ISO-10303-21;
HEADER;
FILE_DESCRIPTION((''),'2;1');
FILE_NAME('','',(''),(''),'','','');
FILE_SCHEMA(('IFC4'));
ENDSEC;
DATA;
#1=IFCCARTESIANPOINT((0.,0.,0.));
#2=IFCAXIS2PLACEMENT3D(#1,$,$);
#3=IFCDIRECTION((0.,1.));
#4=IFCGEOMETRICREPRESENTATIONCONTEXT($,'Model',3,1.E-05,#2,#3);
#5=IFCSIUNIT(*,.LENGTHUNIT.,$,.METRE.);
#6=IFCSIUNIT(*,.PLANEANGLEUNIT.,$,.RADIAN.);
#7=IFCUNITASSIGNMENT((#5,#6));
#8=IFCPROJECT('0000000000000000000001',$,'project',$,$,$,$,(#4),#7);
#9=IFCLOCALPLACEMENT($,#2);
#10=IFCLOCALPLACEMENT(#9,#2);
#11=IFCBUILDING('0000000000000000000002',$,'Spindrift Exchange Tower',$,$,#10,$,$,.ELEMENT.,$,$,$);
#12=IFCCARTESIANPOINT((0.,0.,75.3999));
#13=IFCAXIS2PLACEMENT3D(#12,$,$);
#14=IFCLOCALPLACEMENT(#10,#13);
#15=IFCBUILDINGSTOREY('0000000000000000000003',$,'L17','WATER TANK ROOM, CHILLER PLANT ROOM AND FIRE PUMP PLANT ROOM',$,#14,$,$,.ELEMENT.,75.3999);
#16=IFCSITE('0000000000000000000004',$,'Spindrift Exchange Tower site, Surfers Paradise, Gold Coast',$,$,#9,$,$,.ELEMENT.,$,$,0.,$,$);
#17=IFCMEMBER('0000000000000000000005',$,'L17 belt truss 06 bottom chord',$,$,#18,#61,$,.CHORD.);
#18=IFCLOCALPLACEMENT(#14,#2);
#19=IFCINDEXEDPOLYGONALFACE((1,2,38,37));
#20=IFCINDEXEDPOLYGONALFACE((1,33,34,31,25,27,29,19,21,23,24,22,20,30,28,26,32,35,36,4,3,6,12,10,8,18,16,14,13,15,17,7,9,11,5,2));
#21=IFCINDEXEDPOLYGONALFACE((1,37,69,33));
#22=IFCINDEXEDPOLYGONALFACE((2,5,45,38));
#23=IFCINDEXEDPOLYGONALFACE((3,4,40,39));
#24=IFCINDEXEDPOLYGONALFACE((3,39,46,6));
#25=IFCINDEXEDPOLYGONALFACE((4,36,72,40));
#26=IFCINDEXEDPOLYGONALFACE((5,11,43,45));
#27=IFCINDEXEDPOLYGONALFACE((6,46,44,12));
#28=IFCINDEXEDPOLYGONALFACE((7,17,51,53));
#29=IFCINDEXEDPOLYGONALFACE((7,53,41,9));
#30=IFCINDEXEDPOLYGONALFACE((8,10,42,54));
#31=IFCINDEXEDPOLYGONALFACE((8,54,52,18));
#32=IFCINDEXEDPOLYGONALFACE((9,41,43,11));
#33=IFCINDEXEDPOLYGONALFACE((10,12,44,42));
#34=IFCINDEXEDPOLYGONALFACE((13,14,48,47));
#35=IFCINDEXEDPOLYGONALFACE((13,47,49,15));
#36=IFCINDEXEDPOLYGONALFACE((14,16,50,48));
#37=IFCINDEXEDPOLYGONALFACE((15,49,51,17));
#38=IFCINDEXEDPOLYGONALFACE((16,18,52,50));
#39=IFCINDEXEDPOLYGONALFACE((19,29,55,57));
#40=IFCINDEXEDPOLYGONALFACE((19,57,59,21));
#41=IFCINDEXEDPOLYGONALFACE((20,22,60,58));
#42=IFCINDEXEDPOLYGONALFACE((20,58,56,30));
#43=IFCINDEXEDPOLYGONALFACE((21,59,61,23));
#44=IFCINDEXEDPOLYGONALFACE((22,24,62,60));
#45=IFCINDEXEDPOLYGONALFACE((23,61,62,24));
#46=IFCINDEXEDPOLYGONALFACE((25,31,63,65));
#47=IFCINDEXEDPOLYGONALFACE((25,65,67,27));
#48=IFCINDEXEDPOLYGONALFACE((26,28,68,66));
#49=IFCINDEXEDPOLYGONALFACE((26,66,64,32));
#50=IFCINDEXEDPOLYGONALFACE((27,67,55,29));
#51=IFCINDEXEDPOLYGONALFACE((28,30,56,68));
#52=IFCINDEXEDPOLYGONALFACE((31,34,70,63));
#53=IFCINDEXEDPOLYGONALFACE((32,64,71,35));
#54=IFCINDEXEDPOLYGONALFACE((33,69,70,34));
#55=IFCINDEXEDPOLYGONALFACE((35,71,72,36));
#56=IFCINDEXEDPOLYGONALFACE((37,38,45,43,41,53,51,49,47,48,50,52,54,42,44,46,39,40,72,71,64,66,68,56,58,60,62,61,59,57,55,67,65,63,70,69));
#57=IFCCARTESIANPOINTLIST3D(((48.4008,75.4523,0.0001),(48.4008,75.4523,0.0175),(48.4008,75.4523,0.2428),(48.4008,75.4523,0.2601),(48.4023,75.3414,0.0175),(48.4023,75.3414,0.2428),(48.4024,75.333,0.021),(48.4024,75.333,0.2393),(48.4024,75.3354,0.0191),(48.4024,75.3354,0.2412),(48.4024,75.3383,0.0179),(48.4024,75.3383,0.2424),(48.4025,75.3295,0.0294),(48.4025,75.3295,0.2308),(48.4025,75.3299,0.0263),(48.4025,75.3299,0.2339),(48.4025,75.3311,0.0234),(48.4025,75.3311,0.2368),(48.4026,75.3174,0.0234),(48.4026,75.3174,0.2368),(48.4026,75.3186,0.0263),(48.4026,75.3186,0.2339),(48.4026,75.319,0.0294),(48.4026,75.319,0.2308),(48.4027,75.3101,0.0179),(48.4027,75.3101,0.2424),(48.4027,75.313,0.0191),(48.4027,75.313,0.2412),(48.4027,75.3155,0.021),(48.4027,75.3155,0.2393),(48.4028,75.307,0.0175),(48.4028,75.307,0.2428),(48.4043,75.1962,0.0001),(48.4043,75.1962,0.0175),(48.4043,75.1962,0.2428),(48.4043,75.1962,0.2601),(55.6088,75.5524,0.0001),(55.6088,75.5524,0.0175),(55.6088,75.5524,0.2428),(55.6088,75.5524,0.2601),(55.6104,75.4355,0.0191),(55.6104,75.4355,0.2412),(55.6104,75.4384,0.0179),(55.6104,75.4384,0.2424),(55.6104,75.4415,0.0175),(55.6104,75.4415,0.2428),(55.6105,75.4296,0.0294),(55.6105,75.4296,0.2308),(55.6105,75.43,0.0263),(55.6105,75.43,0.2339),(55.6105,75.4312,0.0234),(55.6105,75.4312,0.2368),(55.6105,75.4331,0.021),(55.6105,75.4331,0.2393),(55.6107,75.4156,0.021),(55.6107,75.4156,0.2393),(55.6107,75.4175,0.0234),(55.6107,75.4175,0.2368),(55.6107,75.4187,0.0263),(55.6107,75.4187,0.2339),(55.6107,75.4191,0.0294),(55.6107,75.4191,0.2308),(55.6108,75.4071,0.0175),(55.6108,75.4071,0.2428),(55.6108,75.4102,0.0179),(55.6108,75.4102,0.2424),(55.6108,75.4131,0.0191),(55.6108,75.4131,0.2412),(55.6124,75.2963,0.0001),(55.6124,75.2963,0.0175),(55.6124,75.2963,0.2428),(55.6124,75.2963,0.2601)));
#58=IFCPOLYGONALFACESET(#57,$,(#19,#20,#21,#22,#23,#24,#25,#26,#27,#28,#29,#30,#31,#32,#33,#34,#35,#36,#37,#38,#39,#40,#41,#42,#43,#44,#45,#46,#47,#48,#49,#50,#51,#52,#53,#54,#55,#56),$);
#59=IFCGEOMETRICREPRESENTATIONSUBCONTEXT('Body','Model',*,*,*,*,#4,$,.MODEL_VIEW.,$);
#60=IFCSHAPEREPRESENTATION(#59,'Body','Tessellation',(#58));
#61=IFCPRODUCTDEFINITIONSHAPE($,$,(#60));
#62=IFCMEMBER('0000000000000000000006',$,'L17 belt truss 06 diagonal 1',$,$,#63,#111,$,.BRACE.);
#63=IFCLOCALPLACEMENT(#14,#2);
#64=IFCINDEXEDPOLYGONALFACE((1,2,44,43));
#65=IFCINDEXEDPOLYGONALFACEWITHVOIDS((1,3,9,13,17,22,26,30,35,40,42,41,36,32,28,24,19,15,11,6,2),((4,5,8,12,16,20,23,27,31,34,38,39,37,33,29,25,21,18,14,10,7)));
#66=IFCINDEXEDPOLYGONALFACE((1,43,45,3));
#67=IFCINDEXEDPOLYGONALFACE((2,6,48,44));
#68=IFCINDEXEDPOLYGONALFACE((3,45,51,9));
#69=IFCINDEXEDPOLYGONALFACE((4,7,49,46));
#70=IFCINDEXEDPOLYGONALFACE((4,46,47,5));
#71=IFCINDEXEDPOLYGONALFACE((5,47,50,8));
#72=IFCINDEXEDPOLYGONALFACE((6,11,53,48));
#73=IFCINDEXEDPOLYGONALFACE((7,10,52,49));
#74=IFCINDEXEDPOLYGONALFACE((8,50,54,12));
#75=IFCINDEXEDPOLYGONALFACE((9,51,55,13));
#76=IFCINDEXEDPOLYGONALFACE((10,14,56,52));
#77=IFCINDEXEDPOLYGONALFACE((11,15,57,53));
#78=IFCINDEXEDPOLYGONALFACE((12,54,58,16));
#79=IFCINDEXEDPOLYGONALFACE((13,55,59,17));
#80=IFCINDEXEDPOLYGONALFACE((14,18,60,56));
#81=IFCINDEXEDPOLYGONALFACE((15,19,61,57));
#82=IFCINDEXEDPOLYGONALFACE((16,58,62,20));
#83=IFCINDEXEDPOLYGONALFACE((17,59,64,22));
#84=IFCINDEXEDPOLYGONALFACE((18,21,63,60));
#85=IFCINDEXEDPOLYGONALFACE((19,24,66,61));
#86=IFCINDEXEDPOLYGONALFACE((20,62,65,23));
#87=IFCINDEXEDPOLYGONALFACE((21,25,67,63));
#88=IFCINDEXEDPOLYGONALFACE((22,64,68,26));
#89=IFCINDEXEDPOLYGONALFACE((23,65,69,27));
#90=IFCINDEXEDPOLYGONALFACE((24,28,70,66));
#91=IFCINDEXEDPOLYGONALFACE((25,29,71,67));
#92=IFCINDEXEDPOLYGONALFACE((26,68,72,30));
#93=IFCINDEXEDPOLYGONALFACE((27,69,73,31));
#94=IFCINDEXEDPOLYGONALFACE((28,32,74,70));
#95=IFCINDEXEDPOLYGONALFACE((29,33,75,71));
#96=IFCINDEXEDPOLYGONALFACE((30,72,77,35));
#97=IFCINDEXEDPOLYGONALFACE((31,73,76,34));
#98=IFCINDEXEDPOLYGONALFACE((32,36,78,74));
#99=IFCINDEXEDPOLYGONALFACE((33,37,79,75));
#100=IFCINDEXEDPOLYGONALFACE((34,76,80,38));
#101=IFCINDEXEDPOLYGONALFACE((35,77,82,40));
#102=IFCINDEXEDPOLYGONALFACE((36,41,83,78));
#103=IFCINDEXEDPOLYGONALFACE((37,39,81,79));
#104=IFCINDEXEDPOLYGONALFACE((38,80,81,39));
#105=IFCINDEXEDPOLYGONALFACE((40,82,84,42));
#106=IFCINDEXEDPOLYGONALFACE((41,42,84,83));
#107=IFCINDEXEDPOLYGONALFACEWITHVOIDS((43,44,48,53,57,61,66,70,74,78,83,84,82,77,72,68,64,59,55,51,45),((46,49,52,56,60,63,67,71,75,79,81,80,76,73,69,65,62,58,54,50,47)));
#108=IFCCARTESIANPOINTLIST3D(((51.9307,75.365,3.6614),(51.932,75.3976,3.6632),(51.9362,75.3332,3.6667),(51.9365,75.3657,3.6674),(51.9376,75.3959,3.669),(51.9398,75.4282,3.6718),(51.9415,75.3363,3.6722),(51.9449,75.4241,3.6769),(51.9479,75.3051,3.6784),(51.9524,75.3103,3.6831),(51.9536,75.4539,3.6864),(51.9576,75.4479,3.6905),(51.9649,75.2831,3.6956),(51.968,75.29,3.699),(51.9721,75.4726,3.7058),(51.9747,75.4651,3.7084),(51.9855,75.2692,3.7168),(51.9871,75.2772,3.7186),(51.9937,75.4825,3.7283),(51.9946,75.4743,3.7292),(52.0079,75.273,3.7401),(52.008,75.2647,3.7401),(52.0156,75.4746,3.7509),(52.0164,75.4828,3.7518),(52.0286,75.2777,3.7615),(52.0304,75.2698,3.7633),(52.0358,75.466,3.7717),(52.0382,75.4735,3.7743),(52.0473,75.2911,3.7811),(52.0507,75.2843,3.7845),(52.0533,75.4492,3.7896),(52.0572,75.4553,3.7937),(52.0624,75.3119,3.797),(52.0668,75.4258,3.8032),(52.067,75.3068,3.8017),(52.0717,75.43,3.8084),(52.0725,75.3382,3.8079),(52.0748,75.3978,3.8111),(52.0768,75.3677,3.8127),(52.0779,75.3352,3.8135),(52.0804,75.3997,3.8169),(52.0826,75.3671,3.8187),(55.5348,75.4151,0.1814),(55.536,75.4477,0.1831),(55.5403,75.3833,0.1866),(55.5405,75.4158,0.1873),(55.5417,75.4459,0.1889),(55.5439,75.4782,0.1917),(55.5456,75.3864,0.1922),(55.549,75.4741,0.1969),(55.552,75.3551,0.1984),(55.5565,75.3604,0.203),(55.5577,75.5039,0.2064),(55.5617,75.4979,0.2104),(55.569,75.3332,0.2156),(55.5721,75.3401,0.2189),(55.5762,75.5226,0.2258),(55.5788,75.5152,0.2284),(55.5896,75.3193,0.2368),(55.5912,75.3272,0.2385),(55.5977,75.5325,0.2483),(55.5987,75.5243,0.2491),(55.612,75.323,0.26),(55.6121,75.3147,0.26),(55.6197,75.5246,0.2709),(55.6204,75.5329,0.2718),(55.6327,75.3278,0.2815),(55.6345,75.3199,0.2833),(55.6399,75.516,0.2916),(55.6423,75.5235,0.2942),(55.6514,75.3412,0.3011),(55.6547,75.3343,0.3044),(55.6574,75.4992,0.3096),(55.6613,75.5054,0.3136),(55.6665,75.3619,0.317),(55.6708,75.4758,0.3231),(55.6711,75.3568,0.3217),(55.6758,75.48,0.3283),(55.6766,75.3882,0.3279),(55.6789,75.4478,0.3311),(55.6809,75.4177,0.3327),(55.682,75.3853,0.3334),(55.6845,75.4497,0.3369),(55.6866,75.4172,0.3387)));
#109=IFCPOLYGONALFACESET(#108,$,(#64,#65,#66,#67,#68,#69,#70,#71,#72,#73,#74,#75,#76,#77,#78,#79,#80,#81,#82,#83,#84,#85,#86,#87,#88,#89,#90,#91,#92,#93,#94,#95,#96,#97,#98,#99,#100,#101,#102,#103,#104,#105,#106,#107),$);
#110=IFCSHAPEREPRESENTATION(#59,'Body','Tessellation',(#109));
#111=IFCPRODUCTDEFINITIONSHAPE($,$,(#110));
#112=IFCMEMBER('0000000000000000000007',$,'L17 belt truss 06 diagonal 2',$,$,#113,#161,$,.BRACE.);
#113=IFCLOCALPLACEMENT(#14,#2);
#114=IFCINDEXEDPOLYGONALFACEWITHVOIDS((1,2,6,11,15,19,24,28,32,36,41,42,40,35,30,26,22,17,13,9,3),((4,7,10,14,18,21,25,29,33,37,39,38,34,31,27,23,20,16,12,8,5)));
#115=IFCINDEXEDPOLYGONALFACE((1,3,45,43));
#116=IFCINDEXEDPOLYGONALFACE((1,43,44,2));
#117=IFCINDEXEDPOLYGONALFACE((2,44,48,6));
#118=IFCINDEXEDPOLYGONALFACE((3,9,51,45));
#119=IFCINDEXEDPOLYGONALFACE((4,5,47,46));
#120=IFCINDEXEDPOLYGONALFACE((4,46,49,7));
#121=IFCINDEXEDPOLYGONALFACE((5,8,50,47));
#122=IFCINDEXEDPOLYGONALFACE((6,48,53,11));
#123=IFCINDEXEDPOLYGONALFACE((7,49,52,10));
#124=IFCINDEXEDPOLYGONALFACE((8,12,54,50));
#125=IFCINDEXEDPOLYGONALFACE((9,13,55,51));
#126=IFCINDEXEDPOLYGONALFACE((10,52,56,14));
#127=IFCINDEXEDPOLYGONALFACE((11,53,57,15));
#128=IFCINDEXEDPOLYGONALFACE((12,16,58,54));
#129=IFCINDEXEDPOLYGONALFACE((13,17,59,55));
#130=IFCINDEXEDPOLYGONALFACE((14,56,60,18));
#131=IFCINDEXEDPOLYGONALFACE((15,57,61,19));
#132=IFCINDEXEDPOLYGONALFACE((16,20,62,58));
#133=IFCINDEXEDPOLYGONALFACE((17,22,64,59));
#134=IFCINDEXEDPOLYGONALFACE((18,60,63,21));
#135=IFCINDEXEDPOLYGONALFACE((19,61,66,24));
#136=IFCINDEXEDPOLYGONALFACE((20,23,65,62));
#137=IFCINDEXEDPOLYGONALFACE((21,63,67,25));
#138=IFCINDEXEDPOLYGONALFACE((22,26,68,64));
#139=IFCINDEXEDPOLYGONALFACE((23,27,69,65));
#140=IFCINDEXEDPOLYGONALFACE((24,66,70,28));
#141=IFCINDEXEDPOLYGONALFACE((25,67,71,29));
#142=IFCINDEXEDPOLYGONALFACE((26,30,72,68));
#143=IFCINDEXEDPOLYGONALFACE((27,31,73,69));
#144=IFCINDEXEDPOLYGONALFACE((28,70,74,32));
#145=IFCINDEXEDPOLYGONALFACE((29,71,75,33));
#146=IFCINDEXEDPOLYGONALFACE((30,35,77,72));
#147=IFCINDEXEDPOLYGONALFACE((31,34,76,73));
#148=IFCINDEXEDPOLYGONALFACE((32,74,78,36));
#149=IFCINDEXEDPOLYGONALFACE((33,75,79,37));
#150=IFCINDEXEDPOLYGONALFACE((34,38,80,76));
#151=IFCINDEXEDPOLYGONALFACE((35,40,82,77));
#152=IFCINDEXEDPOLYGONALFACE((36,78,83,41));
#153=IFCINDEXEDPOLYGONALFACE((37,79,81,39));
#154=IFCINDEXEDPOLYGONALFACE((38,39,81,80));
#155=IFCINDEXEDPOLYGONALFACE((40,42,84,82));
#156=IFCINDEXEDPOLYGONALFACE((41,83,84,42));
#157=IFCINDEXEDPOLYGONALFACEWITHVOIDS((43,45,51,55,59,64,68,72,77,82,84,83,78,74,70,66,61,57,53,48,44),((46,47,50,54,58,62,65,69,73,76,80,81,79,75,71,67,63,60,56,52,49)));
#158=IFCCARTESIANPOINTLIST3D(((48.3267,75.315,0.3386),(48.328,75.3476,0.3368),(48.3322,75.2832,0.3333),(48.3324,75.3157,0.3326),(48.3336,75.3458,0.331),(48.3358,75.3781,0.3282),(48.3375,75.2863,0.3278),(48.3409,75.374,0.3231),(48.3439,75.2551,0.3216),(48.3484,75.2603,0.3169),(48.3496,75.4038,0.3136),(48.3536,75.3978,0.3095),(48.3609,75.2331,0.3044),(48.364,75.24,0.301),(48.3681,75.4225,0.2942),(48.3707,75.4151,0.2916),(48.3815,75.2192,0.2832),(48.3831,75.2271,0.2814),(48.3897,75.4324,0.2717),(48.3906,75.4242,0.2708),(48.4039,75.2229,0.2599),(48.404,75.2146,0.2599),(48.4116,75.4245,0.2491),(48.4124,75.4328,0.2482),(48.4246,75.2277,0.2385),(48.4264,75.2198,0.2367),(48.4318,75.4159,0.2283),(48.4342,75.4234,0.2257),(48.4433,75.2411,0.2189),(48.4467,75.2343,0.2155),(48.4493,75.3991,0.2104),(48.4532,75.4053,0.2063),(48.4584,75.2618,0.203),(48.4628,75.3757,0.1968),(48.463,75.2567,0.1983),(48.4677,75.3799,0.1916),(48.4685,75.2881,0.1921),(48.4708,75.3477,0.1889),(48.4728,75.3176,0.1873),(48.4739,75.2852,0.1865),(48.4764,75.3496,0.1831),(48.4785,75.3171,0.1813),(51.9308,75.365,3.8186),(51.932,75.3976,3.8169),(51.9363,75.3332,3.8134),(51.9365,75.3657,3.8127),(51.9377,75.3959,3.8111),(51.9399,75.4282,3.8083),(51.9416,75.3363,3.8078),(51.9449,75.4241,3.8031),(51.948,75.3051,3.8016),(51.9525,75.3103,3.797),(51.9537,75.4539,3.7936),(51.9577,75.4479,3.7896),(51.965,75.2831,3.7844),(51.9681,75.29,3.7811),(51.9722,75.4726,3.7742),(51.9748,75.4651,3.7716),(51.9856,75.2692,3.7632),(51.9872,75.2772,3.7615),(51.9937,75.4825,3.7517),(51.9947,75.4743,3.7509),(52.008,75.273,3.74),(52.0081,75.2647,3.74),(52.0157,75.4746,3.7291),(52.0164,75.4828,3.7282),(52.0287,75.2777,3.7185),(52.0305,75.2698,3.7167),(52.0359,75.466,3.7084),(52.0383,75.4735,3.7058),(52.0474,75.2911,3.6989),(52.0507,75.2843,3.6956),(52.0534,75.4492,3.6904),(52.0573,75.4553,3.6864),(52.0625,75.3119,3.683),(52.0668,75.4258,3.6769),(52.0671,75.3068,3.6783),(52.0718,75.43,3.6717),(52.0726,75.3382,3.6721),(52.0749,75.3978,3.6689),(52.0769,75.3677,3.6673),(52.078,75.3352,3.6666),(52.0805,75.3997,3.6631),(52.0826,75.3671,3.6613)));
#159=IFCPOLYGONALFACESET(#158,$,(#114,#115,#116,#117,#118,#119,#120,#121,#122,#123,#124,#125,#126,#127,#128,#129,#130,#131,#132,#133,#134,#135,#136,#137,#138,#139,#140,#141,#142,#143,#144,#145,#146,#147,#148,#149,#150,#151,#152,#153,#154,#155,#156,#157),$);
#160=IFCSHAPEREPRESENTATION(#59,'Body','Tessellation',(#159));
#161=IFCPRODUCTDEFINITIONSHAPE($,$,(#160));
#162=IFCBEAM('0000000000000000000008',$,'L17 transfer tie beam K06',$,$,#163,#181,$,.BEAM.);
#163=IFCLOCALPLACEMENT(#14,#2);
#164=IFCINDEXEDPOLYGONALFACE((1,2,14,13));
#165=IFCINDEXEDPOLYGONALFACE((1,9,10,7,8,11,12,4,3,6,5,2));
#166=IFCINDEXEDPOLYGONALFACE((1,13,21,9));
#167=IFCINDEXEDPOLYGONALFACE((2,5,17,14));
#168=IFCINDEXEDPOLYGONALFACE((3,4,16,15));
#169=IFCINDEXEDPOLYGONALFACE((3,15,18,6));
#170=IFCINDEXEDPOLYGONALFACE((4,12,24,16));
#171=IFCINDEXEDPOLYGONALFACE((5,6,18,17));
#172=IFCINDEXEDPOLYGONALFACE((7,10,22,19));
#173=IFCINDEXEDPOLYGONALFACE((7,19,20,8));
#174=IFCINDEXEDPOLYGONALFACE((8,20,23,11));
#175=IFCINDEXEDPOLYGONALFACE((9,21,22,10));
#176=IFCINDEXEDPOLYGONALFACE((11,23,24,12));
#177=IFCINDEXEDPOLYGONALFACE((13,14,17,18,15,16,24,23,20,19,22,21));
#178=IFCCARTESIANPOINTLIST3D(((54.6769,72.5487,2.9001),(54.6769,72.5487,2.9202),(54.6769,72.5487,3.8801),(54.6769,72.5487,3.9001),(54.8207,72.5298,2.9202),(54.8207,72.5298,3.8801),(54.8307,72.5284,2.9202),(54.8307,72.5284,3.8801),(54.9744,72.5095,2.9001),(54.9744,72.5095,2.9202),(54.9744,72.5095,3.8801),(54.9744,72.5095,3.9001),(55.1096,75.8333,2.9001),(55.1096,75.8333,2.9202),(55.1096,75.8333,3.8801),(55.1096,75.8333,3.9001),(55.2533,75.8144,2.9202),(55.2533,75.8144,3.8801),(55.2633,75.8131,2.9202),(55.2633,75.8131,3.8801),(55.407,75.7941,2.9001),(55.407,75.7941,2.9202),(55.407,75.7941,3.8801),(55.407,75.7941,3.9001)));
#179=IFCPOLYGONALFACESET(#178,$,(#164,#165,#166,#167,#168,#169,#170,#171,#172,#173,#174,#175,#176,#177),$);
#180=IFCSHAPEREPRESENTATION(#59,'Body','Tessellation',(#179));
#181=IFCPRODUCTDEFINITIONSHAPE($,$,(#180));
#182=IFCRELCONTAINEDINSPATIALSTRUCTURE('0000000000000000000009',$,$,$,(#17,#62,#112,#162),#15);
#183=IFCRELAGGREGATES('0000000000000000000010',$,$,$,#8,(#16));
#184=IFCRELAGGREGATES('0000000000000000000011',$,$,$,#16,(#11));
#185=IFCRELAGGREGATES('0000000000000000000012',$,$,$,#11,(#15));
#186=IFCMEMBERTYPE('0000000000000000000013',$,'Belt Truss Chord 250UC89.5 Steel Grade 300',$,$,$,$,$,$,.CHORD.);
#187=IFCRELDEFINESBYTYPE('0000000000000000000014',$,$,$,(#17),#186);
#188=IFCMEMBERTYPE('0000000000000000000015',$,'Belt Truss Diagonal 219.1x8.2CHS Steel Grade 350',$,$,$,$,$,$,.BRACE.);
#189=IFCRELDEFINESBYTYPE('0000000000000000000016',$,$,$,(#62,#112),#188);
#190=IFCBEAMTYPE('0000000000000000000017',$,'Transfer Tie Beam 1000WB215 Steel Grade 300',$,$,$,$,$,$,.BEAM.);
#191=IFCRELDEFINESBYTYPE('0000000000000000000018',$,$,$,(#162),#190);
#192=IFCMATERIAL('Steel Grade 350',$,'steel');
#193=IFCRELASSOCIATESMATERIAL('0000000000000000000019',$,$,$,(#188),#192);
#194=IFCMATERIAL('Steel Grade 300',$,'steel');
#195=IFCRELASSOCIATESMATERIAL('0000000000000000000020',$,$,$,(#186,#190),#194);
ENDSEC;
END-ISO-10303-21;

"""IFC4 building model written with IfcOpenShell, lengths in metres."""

from ifc_helpers import new_model, si_unit, direction, frame, origin, origin_2d, place, context, subcontext, project, spatial, hollow_circle, i_section, extrude, source, transform, mapped, material, material_profile, profile_set, type_object, element, save


model = new_model("IFC4")

# Units and contexts
model_context = context("Model", 3, precision=1e-05, world=origin(), true_north=direction((0.0, 1.0)))
body_context = subcontext(model_context, "Body", "Model", "MODEL_VIEW")
ifc_project = project(units=[si_unit("LENGTHUNIT", "METRE"), si_unit("PLANEANGLEUNIT", "RADIAN")], contexts=[model_context])

# Site, building, storey
site_placement = place(None, origin())
site = spatial("IfcSite", under=ifc_project, at=site_placement, Name="Spindrift Exchange Tower site, Surfers Paradise, Gold Coast", CompositionType="ELEMENT", RefElevation=0.0)
building_placement = place(site_placement, origin())
building = spatial("IfcBuilding", under=site, at=building_placement, Name="Spindrift Exchange Tower", CompositionType="ELEMENT")
storey_placement = place(building_placement, frame((0.0, 0.0, 75.3999)))
storey = spatial("IfcBuildingStorey", under=building, at=storey_placement, Name="L17", Description="WATER TANK ROOM, CHILLER PLANT ROOM AND FIRE PUMP PLANT ROOM", CompositionType="ELEMENT", Elevation=75.3999)

# Shared definitions
ifc_material_1 = material(Name="Steel Grade 300", Category="steel")

# Members
ifc_material_2 = material(Name="Steel Grade 350", Category="steel")
ifc_material_profile_1 = material_profile(ifc_material_2, hollow_circle(Radius=0.1096, WallThickness=0.0083, at=origin_2d()), Name="219.1x8.2CHS")
ifc_profile_set_1 = profile_set([ifc_material_profile_1], Name="Steel Grade 350")
member_type_1 = type_object("IfcMemberType", Name="Belt Truss Diagonal 219.1x8.2CHS Steel Grade 350", PredefinedType="BRACE", material=ifc_profile_set_1)
ifc_material_profile_2 = material_profile(ifc_material_1, i_section(OverallWidth=0.2561, OverallDepth=0.26, WebThickness=0.0105, FlangeThickness=0.0173, FilletRadius=0.012, at=origin_2d()), Name="250UC89.5")
ifc_profile_set_2 = profile_set([ifc_material_profile_2], Name="Steel Grade 300")
member_type_2 = type_object("IfcMemberType", Name="Belt Truss Chord 250UC89.5 Steel Grade 300", PredefinedType="CHORD", material=ifc_profile_set_2)
shared_shape_1 = source(origin(), body_context, "Body", "SweptSolid", [
    extrude(i_section(OverallWidth=0.2561, OverallDepth=0.26, WebThickness=0.0105, FlangeThickness=0.0173, FilletRadius=0.012, at=origin_2d()), origin(), (0.0, 0.0, 1.0), 7.2087),
])
for number, where, z_axis, x_axis, name in (
    (1, (55.6106, 75.4243, 0.1301), (-0.999904, -0.013886, 0.0), (0.013886, -0.999904, 0.0), "L17 belt truss 06 bottom chord"),
):
    element("IfcMember", number, at=place(storey_placement, frame(where, z_axis=z_axis, x_axis=x_axis)), inside=storey, type_object=member_type_2, Name=name, PredefinedType="CHORD", context=body_context, shape_type="MappedRepresentation", body=[
        mapped(shared_shape_1, transform((0.0, 0.0, 0.0), scale=1.0)),
    ])
shared_shape_2 = source(origin(), body_context, "Body", "SweptSolid", [
    extrude(hollow_circle(Radius=0.1096, WallThickness=0.0083, at=origin_2d()), origin(), (0.0, 0.0, 1.0), 5.0103),
])
for number, where, z_axis, x_axis, name in (
    (2, (55.6106, 75.4243, 0.26), (-0.71934, -0.009989, 0.694586), (0.013886, -0.999904, 0.0), "L17 belt truss 06 diagonal 1"),
    (3, (52.0066, 75.3743, 3.74), (-0.71934, -0.009989, -0.694586), (0.013886, -0.999904, 0.0), "L17 belt truss 06 diagonal 2"),
):
    element("IfcMember", number, at=place(storey_placement, frame(where, z_axis=z_axis, x_axis=x_axis)), inside=storey, type_object=member_type_1, Name=name, PredefinedType="BRACE", context=body_context, shape_type="MappedRepresentation", body=[
        mapped(shared_shape_2, transform((0.0, 0.0, 0.0), scale=1.0)),
    ])

# Beam
ifc_material_profile_3 = material_profile(ifc_material_1, i_section(OverallWidth=0.3, OverallDepth=1.0, WebThickness=0.01, FlangeThickness=0.02, at=origin_2d()), Name="1000WB215")
ifc_profile_set_3 = profile_set([ifc_material_profile_3], Name="Steel Grade 300")
beam_type_1 = type_object("IfcBeamType", Name="Transfer Tie Beam 1000WB215 Steel Grade 300", PredefinedType="BEAM", material=ifc_profile_set_3)
shared_shape_3 = source(origin(), body_context, "Body", "SweptSolid", [
    extrude(i_section(OverallWidth=0.3, OverallDepth=1.0, WebThickness=0.01, FlangeThickness=0.02, at=origin_2d()), origin(), (0.0, 0.0, 1.0), 3.313),
])
beam_1_placement = place(storey_placement, frame((55.2583, 75.8137, 3.4001), z_axis=(-0.13058, -0.991438, 0.0), x_axis=(0.991438, -0.13058, 0.0)))
element("IfcBeam", 4, at=beam_1_placement, inside=storey, type_object=beam_type_1, Name="L17 transfer tie beam K06", PredefinedType="BEAM", context=body_context, shape_type="MappedRepresentation", body=[
    mapped(shared_shape_3, transform((0.0, 0.0, 0.0), scale=1.0)),
])

save(model, "model.ifc")
